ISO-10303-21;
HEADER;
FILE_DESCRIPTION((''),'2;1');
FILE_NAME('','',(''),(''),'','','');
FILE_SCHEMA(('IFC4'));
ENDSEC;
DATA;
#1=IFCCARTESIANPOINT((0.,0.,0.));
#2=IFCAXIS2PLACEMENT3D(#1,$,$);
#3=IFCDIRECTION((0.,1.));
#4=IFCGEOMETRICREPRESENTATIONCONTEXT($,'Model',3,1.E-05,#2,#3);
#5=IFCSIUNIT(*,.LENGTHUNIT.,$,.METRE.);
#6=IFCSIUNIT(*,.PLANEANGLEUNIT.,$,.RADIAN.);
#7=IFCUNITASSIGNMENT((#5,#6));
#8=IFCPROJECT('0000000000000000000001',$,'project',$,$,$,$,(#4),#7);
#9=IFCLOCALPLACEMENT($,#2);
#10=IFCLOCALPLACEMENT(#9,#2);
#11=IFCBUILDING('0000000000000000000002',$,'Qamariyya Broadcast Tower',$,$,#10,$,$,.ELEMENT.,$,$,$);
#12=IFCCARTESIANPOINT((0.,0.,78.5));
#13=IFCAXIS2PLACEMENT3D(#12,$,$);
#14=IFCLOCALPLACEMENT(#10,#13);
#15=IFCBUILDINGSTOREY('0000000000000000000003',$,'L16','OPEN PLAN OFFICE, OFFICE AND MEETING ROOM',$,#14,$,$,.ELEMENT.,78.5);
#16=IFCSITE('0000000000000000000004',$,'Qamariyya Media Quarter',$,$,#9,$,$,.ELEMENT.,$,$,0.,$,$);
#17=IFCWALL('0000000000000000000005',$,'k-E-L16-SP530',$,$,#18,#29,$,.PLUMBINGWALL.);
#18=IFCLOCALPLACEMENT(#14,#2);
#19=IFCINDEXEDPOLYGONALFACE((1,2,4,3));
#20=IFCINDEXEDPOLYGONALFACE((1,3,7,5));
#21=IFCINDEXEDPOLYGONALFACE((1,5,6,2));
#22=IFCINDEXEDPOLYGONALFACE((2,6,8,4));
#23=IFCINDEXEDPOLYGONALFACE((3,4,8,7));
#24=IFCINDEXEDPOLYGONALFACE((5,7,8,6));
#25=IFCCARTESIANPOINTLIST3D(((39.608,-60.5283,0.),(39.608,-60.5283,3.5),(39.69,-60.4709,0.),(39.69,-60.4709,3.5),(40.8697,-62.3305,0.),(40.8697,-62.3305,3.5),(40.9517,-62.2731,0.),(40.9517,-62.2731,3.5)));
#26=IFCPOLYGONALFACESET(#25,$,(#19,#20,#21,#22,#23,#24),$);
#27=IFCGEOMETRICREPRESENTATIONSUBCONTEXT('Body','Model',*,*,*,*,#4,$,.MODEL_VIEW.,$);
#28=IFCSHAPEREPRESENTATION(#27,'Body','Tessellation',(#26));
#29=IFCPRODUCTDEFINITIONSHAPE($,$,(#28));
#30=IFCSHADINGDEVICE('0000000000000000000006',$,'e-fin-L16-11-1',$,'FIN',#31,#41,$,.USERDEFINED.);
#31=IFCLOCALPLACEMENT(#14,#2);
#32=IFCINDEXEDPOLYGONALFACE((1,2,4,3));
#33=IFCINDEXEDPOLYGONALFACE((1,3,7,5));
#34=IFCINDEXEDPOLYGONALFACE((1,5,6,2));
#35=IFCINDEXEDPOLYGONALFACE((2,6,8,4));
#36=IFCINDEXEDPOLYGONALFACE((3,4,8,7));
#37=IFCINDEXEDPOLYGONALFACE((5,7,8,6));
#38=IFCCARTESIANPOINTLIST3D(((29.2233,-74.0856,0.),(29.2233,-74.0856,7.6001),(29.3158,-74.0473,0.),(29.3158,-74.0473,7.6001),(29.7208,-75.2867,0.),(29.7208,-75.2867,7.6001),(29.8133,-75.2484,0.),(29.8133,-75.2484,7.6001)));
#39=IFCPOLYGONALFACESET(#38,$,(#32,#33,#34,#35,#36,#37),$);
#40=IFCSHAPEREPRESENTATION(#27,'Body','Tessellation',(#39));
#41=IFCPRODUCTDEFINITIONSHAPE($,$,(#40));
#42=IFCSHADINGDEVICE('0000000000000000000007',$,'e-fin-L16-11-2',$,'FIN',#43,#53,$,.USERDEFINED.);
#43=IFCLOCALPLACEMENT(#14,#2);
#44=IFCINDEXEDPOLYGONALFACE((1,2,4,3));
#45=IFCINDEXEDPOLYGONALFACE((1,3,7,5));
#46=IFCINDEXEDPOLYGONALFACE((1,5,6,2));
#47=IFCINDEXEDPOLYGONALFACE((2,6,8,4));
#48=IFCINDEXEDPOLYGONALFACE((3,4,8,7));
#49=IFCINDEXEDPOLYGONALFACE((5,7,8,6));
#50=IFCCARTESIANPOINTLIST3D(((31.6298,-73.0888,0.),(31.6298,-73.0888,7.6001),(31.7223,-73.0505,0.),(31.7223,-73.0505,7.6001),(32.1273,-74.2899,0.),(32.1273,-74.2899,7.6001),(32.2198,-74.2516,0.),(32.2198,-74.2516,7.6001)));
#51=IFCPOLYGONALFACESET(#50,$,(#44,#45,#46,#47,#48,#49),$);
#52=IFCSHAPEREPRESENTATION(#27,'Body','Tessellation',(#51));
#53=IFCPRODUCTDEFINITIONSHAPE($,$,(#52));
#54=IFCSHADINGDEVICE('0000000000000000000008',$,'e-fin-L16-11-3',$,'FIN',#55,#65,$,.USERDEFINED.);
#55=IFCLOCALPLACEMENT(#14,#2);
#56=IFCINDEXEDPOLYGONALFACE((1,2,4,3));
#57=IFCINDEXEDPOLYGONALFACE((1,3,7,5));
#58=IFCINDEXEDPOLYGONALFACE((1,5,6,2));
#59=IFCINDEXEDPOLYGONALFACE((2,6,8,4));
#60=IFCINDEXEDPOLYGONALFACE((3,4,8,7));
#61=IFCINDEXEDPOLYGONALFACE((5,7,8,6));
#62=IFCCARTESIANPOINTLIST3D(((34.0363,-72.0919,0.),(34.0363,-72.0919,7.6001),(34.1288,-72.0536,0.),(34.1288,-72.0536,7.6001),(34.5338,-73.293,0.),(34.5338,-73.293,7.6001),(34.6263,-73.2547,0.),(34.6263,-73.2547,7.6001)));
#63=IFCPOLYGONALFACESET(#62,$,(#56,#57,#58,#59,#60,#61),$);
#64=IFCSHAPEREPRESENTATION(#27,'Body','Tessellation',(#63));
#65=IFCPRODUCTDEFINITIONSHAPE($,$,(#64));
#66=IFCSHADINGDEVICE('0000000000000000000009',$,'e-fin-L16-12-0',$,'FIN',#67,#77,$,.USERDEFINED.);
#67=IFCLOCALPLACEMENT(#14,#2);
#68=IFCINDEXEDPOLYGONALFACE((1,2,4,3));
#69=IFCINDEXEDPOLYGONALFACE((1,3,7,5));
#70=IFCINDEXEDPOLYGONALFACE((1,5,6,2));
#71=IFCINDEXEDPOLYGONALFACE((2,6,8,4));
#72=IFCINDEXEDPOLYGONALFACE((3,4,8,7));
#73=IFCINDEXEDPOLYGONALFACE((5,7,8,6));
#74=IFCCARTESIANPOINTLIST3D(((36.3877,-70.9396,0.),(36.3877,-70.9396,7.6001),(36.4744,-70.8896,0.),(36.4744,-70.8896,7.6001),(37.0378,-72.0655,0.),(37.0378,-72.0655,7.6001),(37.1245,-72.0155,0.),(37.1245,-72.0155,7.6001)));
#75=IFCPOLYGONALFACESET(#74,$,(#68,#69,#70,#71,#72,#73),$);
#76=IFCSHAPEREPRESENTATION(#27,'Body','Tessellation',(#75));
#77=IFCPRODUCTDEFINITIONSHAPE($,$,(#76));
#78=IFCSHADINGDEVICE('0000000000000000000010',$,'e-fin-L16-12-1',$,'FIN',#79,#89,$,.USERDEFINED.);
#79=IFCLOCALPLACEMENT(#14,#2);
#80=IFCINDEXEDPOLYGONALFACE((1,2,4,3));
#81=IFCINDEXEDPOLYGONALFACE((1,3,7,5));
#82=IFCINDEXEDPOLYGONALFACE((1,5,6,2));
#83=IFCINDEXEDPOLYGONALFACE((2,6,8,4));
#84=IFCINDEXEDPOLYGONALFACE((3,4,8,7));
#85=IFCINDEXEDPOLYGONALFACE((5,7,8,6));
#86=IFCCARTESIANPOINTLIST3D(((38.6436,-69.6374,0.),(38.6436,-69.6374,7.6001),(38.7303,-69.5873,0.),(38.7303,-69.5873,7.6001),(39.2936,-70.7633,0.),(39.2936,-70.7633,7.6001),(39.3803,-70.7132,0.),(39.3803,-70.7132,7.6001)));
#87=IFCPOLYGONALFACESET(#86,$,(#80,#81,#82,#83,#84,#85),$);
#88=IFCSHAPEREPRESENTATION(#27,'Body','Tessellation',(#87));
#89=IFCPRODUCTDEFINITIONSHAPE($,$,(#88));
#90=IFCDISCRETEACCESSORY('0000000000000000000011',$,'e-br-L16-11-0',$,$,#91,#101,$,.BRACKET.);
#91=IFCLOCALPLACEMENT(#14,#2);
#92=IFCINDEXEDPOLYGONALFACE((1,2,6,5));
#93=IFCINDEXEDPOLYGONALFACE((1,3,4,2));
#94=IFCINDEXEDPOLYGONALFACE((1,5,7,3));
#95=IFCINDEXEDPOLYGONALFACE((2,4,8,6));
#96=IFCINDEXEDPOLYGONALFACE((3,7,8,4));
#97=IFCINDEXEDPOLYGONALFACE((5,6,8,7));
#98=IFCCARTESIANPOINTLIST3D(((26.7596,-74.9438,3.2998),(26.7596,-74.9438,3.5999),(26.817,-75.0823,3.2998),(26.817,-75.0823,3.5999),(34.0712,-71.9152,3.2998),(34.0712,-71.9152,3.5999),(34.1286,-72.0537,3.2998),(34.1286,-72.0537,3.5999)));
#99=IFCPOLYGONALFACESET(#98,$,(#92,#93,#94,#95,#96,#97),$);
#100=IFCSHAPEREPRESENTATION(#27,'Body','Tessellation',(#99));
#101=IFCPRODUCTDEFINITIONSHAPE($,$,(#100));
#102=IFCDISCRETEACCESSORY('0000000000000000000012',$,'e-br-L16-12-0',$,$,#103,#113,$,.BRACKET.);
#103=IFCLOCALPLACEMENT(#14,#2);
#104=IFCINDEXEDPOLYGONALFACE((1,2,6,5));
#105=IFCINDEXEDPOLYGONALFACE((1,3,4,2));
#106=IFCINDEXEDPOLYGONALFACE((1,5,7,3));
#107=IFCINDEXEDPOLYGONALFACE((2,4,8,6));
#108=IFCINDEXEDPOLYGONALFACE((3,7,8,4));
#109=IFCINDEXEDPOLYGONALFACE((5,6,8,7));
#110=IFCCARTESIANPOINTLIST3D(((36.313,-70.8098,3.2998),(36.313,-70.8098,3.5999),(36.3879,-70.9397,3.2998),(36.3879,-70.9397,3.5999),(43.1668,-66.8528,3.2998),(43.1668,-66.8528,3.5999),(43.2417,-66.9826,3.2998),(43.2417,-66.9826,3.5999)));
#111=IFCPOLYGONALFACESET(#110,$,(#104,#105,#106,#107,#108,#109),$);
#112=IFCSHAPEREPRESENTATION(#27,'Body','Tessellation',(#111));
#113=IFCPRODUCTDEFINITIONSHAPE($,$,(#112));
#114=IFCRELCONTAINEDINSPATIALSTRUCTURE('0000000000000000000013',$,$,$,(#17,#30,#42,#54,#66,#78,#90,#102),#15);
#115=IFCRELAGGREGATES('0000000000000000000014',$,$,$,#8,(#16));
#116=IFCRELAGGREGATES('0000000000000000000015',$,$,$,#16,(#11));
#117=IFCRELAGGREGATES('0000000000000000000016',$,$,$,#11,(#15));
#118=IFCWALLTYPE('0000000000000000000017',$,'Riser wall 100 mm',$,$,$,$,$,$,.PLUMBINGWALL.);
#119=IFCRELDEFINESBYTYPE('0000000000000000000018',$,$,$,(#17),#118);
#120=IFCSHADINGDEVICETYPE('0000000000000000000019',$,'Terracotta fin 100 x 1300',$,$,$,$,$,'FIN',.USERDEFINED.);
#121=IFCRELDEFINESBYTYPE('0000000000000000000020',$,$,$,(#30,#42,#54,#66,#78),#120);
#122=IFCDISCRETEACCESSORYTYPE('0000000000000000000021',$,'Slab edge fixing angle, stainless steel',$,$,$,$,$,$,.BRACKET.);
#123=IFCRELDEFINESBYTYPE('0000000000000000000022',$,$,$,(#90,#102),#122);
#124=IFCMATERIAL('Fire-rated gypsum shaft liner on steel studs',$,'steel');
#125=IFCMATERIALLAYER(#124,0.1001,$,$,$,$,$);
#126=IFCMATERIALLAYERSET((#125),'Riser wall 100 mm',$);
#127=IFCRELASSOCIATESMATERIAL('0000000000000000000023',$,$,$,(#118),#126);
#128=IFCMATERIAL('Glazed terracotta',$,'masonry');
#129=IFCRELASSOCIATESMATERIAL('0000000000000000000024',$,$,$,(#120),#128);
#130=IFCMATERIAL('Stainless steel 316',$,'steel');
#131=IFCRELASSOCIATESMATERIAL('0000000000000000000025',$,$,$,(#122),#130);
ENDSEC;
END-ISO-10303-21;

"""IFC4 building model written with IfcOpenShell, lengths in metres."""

from ifc_helpers import new_model, si_unit, direction, frame, frame_2d, origin, origin_2d, place, context, subcontext, project, spatial, rectangle, extrude, material, layer, layer_set, material_profile, profile_set, type_object, element, save


model = new_model("IFC4")

# Units and contexts
model_context = context("Model", 3, precision=1e-05, world=origin(), true_north=direction((0.0, 1.0)))
body_context = subcontext(model_context, "Body", "Model", "MODEL_VIEW")
ifc_project = project(units=[si_unit("LENGTHUNIT", "METRE"), si_unit("PLANEANGLEUNIT", "RADIAN")], contexts=[model_context])

# Site, building, storey
site_placement = place(None, origin())
site = spatial("IfcSite", under=ifc_project, at=site_placement, Name="Qamariyya Media Quarter", CompositionType="ELEMENT", RefElevation=0.0)
building_placement = place(site_placement, origin())
building = spatial("IfcBuilding", under=site, at=building_placement, Name="Qamariyya Broadcast Tower", CompositionType="ELEMENT")
storey_placement = place(building_placement, frame((0.0, 0.0, 78.5)))
storey = spatial("IfcBuildingStorey", under=building, at=storey_placement, Name="L16", Description="OPEN PLAN OFFICE, OFFICE AND MEETING ROOM", CompositionType="ELEMENT", Elevation=78.5)

# Wall
ifc_material_1 = material(Name="Fire-rated gypsum shaft liner on steel studs", Category="steel")
ifc_layer_1 = layer(ifc_material_1, 0.1001)
ifc_layer_set_1 = layer_set([ifc_layer_1], Name="Riser wall 100 mm")
wall_type_1 = type_object("IfcWallType", Name="Riser wall 100 mm", PredefinedType="PLUMBINGWALL", material=ifc_layer_set_1)
for number, where, z_axis, x_axis, name in (
    (1, (39.6489, -60.4995, 0.0), (0.0, 0.0, 1.0), (0.573507, -0.819201, 0.0), "k-E-L16-SP530"),
):
    element("IfcWall", number, at=place(storey_placement, frame(where, z_axis=z_axis, x_axis=x_axis)), inside=storey, type_object=wall_type_1, Name=name, PredefinedType="PLUMBINGWALL", context=body_context, shape_type="SweptSolid", body=[
        extrude(rectangle(XDim=2.2, YDim=0.1001, at=frame_2d((1.1001, 0.0))), origin(), (0.0, 0.0, 1.0), 3.5),
    ])

# Shading devices
ifc_material_2 = material(Name="Glazed terracotta", Category="masonry")
ifc_material_profile_1 = material_profile(ifc_material_2, rectangle(XDim=1.3, YDim=0.1001, at=origin_2d()))
ifc_profile_set_1 = profile_set([ifc_material_profile_1], Name="Glazed terracotta")
shading_device_type_1 = type_object("IfcShadingDeviceType", Name="Terracotta fin 100 x 1300", ElementType="FIN", PredefinedType="USERDEFINED", material=ifc_profile_set_1)
for number, where, z_axis, x_axis, name in (
    (2, (29.5183, -74.667, 0.0), (0.0, 0.0, 1.0), (0.382683, -0.92388, 0.0), "e-fin-L16-11-1"),
    (3, (31.9248, -73.6702, 0.0), (0.0, 0.0, 1.0), (0.382683, -0.92388, 0.0), "e-fin-L16-11-2"),
    (4, (34.3313, -72.6733, 0.0), (0.0, 0.0, 1.0), (0.382683, -0.92388, 0.0), "e-fin-L16-11-3"),
    (5, (36.7561, -71.4775, 0.0), (0.0, 0.0, 1.0), (0.5, -0.866025, 0.0), "e-fin-L16-12-0"),
    (6, (39.012, -70.1753, 0.0), (0.0, 0.0, 1.0), (0.5, -0.866025, 0.0), "e-fin-L16-12-1"),
):
    element("IfcShadingDevice", number, at=place(storey_placement, frame(where, z_axis=z_axis, x_axis=x_axis)), inside=storey, type_object=shading_device_type_1, Name=name, ObjectType="FIN", PredefinedType="USERDEFINED", context=body_context, shape_type="SweptSolid", body=[
        extrude(rectangle(XDim=1.3, YDim=0.1001, at=origin_2d()), origin(), (0.0, 0.0, 1.0), 7.6001),
    ])

# Discrete accessories
ifc_material_3 = material(Name="Stainless steel 316", Category="steel")
discrete_accessory_type = type_object("IfcDiscreteAccessoryType", Name="Slab edge fixing angle, stainless steel", PredefinedType="BRACKET", material=ifc_material_3)
for number, where, z_axis, x_axis, name in (
    (7, (30.4441, -73.4988, 3.2998), (0.0, 0.0, 1.0), (0.92388, 0.382683, 0.0), "e-br-L16-11-0"),
    (8, (39.7773, -68.8962, 3.2998), (0.0, 0.0, 1.0), (0.866025, 0.5, 0.0), "e-br-L16-12-0"),
):
    element("IfcDiscreteAccessory", number, at=place(storey_placement, frame(where, z_axis=z_axis, x_axis=x_axis)), inside=storey, type_object=discrete_accessory_type, Name=name, PredefinedType="BRACKET", context=body_context, shape_type="SweptSolid", body=[
        extrude(rectangle(XDim=7.9141, YDim=0.1499, at=origin_2d()), origin(), (0.0, 0.0, 1.0), 0.3),
    ])

save(model, "model.ifc")
